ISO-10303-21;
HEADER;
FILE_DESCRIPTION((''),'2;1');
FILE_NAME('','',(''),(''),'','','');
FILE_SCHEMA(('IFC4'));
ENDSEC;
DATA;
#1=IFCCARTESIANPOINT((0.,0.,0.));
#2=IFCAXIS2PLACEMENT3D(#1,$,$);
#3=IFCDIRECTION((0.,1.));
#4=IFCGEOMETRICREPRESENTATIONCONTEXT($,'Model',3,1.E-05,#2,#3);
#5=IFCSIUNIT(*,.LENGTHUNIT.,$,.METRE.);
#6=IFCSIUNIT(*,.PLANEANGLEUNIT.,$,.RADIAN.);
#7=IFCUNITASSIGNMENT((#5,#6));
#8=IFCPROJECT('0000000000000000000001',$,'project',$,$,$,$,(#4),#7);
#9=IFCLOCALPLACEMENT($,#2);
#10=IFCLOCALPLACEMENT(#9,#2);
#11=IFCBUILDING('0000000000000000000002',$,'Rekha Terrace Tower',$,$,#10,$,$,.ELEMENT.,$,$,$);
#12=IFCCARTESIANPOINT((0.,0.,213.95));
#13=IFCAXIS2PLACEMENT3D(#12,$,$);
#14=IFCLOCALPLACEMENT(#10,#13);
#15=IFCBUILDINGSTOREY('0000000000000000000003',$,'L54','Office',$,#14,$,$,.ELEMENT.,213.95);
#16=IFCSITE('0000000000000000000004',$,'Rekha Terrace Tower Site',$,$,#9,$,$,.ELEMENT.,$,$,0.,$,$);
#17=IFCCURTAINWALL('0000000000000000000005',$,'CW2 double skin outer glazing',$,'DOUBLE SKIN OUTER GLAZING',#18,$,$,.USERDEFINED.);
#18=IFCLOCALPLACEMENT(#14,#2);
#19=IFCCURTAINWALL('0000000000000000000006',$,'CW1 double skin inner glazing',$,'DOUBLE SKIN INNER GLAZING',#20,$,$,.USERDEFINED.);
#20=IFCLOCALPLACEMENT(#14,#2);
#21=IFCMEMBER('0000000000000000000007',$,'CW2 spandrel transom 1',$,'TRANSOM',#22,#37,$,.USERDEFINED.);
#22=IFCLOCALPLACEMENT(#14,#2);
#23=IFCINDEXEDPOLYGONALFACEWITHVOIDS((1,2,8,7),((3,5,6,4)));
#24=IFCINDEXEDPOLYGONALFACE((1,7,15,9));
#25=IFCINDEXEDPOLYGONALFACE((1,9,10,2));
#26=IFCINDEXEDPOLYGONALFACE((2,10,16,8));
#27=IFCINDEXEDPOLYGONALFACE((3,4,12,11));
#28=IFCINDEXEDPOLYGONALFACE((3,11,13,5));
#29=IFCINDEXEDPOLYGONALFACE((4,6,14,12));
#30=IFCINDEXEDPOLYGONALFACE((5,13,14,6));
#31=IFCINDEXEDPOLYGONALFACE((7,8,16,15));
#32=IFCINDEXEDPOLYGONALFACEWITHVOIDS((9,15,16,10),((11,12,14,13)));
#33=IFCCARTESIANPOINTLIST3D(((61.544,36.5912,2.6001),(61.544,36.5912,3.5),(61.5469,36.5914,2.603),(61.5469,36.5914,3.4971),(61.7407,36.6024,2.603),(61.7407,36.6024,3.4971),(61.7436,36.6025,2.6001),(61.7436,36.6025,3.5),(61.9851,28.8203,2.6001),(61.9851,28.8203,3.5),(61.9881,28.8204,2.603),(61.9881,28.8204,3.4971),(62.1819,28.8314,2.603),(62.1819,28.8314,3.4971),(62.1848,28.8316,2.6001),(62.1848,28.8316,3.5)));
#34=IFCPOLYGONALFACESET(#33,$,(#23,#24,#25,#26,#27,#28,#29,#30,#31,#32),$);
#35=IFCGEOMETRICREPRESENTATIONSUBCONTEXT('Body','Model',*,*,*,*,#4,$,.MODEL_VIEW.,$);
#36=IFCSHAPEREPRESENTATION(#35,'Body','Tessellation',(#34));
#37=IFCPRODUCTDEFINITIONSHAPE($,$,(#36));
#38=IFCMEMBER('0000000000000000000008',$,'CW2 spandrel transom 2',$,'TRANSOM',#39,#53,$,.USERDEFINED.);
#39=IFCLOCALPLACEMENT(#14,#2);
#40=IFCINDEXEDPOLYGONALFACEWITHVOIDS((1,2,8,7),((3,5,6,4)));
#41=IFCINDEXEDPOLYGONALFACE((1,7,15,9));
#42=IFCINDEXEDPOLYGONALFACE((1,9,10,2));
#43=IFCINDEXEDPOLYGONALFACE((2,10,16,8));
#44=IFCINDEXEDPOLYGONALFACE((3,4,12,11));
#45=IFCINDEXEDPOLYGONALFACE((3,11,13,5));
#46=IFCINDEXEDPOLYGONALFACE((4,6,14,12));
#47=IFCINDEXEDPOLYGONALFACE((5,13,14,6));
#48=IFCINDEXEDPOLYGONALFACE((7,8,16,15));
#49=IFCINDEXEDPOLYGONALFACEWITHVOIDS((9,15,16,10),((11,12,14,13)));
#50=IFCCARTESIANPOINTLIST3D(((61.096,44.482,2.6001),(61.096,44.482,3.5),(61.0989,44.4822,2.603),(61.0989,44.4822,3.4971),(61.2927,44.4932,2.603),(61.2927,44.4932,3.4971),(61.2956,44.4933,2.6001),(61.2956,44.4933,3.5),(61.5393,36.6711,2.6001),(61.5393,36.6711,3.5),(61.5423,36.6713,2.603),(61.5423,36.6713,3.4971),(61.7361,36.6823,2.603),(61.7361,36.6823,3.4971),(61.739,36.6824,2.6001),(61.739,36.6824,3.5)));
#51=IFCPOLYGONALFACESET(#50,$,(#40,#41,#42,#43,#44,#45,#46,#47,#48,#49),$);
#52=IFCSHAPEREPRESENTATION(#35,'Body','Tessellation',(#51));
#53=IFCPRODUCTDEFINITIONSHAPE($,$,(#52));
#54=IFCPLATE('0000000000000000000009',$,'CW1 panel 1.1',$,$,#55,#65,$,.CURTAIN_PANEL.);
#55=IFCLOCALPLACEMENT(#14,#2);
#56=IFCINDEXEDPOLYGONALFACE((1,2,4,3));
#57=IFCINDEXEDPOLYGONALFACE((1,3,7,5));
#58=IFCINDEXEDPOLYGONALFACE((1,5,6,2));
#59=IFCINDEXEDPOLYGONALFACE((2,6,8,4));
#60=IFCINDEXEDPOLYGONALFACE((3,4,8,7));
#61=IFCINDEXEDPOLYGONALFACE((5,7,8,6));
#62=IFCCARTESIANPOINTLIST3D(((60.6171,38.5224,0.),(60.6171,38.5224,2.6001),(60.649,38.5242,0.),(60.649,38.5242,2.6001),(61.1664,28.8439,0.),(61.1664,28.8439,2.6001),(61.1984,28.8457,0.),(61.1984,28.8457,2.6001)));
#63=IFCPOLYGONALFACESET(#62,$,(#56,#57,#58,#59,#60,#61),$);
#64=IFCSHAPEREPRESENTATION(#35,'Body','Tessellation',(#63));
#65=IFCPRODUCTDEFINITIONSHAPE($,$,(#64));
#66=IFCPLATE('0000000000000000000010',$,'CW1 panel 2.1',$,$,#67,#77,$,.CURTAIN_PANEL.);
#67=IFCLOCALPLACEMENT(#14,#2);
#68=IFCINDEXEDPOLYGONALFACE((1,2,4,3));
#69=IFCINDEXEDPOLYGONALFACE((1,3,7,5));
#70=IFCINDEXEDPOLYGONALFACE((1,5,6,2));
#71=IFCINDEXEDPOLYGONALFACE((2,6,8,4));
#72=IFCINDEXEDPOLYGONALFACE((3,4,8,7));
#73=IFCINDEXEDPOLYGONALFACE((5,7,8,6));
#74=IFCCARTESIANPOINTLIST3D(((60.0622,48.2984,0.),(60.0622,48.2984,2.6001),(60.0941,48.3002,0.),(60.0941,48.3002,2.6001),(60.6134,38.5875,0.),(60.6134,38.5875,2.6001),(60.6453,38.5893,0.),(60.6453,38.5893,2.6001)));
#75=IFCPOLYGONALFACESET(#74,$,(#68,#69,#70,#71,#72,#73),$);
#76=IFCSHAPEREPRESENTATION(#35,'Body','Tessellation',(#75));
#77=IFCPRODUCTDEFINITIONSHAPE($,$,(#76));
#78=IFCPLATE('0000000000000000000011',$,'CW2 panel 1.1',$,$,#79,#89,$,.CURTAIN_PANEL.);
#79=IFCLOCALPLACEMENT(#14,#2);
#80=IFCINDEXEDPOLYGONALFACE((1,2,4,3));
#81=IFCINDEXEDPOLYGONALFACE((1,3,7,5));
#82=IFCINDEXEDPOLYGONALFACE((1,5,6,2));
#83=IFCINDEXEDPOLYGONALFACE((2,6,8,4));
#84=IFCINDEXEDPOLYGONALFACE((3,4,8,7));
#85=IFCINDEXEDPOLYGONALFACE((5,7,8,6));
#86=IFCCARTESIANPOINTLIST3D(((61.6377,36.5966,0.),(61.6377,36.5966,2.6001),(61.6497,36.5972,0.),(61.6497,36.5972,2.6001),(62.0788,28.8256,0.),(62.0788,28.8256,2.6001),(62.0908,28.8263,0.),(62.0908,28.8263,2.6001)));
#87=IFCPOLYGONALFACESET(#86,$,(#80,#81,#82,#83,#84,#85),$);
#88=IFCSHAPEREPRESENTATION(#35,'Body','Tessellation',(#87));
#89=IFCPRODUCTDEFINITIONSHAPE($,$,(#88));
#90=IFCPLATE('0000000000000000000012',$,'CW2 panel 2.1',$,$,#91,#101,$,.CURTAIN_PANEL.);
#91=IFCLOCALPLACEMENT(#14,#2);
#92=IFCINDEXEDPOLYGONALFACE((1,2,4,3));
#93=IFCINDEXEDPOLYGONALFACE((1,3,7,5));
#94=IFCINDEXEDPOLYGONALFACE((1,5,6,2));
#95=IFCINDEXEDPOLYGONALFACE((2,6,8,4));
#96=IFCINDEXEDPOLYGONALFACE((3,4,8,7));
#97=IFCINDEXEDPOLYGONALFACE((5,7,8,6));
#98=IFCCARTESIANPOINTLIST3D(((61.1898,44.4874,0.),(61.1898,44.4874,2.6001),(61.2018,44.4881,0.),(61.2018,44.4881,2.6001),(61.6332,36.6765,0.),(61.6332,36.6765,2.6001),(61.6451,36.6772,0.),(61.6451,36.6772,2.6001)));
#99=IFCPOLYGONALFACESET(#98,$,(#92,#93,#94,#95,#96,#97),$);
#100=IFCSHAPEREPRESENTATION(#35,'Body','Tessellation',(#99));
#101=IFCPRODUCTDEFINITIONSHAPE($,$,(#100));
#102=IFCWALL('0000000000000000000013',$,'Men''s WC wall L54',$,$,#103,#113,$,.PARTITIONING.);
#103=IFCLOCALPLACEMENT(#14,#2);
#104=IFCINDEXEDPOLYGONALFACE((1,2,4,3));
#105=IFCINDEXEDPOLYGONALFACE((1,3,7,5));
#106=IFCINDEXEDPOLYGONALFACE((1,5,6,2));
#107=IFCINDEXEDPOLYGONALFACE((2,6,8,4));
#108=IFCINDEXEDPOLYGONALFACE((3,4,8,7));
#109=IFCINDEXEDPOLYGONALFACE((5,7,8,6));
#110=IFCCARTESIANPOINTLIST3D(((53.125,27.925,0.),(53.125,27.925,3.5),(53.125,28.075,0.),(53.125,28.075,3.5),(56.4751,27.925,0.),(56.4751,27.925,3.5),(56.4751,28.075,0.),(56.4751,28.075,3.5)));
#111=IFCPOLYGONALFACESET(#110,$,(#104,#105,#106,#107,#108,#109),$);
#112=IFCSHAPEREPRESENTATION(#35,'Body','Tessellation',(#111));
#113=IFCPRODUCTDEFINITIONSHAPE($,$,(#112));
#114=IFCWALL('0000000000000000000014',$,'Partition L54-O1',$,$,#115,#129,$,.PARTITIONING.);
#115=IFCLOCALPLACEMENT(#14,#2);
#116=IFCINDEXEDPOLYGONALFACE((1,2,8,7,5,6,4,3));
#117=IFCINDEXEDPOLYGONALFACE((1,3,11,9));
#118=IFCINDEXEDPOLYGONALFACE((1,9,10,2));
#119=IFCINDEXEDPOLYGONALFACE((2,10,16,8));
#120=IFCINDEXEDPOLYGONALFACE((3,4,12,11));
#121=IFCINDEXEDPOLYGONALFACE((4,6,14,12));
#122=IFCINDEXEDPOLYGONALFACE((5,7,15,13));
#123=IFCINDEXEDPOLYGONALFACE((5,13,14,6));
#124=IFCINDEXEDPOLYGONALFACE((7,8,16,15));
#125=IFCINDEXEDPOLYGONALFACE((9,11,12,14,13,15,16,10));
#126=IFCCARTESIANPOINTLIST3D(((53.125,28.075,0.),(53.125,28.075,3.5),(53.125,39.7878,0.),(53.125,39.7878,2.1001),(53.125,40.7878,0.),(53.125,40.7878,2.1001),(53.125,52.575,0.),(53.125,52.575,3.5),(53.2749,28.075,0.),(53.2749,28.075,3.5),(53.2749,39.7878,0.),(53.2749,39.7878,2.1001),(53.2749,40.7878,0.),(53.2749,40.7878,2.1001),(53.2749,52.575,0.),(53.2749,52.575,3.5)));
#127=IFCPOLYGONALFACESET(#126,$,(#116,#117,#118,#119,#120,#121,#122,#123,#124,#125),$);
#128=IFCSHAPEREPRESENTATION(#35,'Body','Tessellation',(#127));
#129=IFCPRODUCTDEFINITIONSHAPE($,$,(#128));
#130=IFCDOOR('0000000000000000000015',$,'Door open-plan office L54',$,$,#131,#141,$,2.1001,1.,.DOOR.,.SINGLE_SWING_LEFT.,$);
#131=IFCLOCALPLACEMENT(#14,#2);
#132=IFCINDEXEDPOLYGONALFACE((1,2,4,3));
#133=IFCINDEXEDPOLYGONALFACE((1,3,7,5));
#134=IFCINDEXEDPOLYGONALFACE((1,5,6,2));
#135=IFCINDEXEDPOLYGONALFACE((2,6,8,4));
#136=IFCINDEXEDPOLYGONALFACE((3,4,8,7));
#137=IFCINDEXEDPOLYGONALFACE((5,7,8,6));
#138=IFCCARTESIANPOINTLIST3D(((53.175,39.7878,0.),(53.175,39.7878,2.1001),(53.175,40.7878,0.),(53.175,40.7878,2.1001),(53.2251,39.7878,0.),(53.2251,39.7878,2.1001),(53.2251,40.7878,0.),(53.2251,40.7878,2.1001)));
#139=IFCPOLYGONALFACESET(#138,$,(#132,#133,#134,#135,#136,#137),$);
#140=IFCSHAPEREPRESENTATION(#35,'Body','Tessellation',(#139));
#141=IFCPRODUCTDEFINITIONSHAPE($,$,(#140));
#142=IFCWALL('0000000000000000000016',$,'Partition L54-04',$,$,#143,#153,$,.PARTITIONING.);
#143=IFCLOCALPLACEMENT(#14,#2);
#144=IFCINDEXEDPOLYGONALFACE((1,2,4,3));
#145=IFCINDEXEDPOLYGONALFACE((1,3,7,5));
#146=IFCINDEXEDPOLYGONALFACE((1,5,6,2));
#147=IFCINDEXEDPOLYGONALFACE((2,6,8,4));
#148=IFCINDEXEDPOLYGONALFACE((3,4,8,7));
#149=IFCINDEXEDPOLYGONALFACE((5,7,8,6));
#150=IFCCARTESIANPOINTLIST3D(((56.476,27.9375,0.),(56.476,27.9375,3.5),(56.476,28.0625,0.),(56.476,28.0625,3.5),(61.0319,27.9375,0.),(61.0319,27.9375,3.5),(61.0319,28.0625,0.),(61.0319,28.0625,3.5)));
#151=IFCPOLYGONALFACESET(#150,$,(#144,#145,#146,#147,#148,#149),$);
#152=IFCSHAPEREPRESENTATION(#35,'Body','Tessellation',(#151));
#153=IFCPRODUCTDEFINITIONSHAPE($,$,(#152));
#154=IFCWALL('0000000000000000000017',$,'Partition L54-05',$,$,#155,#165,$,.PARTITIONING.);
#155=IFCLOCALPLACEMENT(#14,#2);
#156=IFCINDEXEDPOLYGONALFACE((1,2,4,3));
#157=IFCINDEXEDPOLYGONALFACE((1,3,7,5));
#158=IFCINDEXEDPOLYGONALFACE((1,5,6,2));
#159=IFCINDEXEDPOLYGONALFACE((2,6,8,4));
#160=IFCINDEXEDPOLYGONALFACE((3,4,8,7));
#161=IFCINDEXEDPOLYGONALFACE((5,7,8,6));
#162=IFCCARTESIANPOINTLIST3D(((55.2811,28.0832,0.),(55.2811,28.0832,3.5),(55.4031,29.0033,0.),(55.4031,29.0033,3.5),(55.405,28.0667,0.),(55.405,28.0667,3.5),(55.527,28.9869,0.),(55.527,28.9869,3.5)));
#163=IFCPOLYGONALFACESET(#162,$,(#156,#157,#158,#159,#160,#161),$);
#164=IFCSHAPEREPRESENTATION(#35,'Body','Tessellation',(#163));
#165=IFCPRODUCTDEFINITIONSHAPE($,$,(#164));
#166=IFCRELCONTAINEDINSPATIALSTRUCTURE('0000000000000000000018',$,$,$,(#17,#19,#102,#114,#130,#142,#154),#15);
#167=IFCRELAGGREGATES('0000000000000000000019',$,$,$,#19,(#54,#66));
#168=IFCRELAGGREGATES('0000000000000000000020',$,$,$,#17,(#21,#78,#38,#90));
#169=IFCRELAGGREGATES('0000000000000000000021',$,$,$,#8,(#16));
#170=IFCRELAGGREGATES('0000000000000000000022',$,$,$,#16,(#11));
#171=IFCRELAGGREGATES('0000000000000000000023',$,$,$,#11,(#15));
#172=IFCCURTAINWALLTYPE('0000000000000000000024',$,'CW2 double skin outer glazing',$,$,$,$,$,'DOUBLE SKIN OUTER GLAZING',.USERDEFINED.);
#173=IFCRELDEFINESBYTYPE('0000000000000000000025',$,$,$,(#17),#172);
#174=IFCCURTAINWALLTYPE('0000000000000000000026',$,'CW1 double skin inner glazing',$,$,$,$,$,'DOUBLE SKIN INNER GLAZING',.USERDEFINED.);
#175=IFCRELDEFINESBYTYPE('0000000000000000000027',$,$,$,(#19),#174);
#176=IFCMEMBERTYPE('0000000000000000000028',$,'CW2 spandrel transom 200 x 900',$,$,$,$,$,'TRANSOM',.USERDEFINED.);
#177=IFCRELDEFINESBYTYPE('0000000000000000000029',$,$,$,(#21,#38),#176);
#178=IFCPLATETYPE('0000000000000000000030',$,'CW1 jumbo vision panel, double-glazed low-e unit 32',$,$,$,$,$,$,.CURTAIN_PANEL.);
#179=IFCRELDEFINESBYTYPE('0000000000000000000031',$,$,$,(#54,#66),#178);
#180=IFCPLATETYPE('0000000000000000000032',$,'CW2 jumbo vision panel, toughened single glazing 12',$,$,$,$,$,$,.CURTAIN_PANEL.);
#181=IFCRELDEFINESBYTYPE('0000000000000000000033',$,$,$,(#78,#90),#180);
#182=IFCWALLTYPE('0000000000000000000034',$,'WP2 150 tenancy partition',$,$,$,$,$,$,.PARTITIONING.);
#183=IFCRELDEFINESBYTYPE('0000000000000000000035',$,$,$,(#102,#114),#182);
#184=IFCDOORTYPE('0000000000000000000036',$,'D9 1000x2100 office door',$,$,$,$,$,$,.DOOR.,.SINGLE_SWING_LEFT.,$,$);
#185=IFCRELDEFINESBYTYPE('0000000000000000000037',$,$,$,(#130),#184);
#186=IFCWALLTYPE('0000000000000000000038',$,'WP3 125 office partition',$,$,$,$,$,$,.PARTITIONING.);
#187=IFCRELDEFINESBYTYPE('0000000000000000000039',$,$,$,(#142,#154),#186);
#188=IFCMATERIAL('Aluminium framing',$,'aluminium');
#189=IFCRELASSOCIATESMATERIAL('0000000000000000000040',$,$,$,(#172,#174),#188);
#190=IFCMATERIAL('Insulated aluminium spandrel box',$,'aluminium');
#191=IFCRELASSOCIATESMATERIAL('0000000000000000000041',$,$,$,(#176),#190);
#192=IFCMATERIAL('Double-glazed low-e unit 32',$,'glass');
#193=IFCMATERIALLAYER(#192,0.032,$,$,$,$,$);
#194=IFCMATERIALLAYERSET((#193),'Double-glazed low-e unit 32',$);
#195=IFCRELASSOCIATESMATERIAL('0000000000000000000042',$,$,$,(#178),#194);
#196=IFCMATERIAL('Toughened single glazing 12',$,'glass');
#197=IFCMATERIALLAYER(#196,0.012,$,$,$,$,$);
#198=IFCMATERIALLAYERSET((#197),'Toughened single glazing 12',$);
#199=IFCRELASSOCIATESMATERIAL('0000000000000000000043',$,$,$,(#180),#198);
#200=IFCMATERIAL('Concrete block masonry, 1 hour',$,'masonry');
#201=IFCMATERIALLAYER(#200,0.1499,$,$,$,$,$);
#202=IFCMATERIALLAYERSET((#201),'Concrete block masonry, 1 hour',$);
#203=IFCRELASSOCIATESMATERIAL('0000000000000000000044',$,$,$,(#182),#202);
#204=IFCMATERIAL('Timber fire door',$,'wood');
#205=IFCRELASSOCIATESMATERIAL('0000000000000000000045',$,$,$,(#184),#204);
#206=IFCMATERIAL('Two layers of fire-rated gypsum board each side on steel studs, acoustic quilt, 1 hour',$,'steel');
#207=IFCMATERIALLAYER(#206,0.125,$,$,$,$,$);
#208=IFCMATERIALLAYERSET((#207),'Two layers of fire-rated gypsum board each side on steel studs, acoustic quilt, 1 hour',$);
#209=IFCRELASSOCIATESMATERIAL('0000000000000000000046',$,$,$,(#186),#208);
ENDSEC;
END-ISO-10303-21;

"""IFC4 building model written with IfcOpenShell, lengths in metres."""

from ifc_helpers import new_model, si_unit, direction, frame, frame_2d, origin, origin_2d, place, context, subcontext, project, spatial, rectangle, hollow_rectangle, extrude, material, layer, layer_set, material_profile, profile_set, type_object, element, fill, aggregate, save


model = new_model("IFC4")

# Units and contexts
model_context = context("Model", 3, precision=1e-05, world=origin(), true_north=direction((0.0, 1.0)))
body_context = subcontext(model_context, "Body", "Model", "MODEL_VIEW")
ifc_project = project(units=[si_unit("LENGTHUNIT", "METRE"), si_unit("PLANEANGLEUNIT", "RADIAN")], contexts=[model_context])

# Site, building, storey
site_placement = place(None, origin())
site = spatial("IfcSite", under=ifc_project, at=site_placement, Name="Rekha Terrace Tower Site", CompositionType="ELEMENT", RefElevation=0.0)
building_placement = place(site_placement, origin())
building = spatial("IfcBuilding", under=site, at=building_placement, Name="Rekha Terrace Tower", CompositionType="ELEMENT")
storey_placement = place(building_placement, frame((0.0, 0.0, 213.95)))
storey = spatial("IfcBuildingStorey", under=building, at=storey_placement, Name="L54", Description="Office", CompositionType="ELEMENT", Elevation=213.95)

# Curtain wall
ifc_material_1 = material(Name="Aluminium framing", Category="aluminium")
curtain_wall_type_1 = type_object("IfcCurtainWallType", Name="CW2 double skin outer glazing", ElementType="DOUBLE SKIN OUTER GLAZING", PredefinedType="USERDEFINED", material=ifc_material_1)
curtain_wall_1_placement = place(storey_placement, origin())
curtain_wall_1 = element("IfcCurtainWall", 1, at=curtain_wall_1_placement, inside=storey, type_object=curtain_wall_type_1, Name="CW2 double skin outer glazing", ObjectType="DOUBLE SKIN OUTER GLAZING", PredefinedType="USERDEFINED")

# Curtain wall
curtain_wall_type_2 = type_object("IfcCurtainWallType", Name="CW1 double skin inner glazing", ElementType="DOUBLE SKIN INNER GLAZING", PredefinedType="USERDEFINED", material=ifc_material_1)
curtain_wall_2_placement = place(storey_placement, origin())
curtain_wall_2 = element("IfcCurtainWall", 2, at=curtain_wall_2_placement, inside=storey, type_object=curtain_wall_type_2, Name="CW1 double skin inner glazing", ObjectType="DOUBLE SKIN INNER GLAZING", PredefinedType="USERDEFINED")
ifc_material_2 = material(Name="Insulated aluminium spandrel box", Category="aluminium")

# Members
ifc_material_profile_1 = material_profile(ifc_material_2, hollow_rectangle(XDim=0.2, YDim=0.8999, WallThickness=0.0029, at=origin_2d()), Name="AL SPANDREL BOX 200x900")
ifc_profile_set_1 = profile_set([ifc_material_profile_1], Name="Insulated aluminium spandrel box")
member_type_1 = type_object("IfcMemberType", Name="CW2 spandrel transom 200 x 900", ElementType="TRANSOM", PredefinedType="USERDEFINED", material=ifc_profile_set_1)
member_1_placement = place(storey_placement, frame((62.085, 28.8259, 3.05), z_axis=(-0.056679, 0.998392, 0.0), x_axis=(-0.998392, -0.056679, 0.0)))
member_1 = element("IfcMember", 3, at=member_1_placement, type_object=member_type_1, Name="CW2 spandrel transom 1", ObjectType="TRANSOM", PredefinedType="USERDEFINED", context=body_context, shape_type="SweptSolid", body=[
    extrude(hollow_rectangle(XDim=0.2, YDim=0.8999, WallThickness=0.0029, at=origin_2d()), origin(), (0.0, 0.0, 1.0), 7.7834),
])
member_2_placement = place(storey_placement, frame((61.6392, 36.6768, 3.05), z_axis=(-0.056669, 0.998393, 0.0), x_axis=(-0.998393, -0.056669, 0.0)))
member_2 = element("IfcMember", 4, at=member_2_placement, type_object=member_type_1, Name="CW2 spandrel transom 2", ObjectType="TRANSOM", PredefinedType="USERDEFINED", context=body_context, shape_type="SweptSolid", body=[
    extrude(hollow_rectangle(XDim=0.2, YDim=0.8999, WallThickness=0.0029, at=origin_2d()), origin(), (0.0, 0.0, 1.0), 7.8235),
])

# Plates
ifc_material_3 = material(Name="Double-glazed low-e unit 32", Category="glass")
ifc_layer_1 = layer(ifc_material_3, 0.032)
ifc_layer_set_1 = layer_set([ifc_layer_1], Name="Double-glazed low-e unit 32")
plate_type_1 = type_object("IfcPlateType", Name="CW1 jumbo vision panel, double-glazed low-e unit 32", PredefinedType="CURTAIN_PANEL", material=ifc_layer_set_1)
plate_1_placement = place(storey_placement, frame((60.9077, 33.6841, 0.0), z_axis=(0.0, 0.0, 1.0), x_axis=(-0.056673, 0.998393, 0.0)))
plate_1 = element("IfcPlate", 5, at=plate_1_placement, type_object=plate_type_1, Name="CW1 panel 1.1", PredefinedType="CURTAIN_PANEL", context=body_context, shape_type="SweptSolid", body=[
    extrude(rectangle(XDim=9.6941, YDim=0.032, at=origin_2d()), origin(), (0.0, 0.0, 1.0), 2.6001),
])
plate_2_placement = place(storey_placement, frame((60.3538, 43.4438, 0.0), z_axis=(0.0, 0.0, 1.0), x_axis=(-0.056673, 0.998393, 0.0)))
plate_2 = element("IfcPlate", 6, at=plate_2_placement, type_object=plate_type_1, Name="CW1 panel 2.1", PredefinedType="CURTAIN_PANEL", context=body_context, shape_type="SweptSolid", body=[
    extrude(rectangle(XDim=9.7266, YDim=0.032, at=origin_2d()), origin(), (0.0, 0.0, 1.0), 2.6001),
])
aggregate(curtain_wall_2, [plate_1, plate_2])
ifc_material_4 = material(Name="Toughened single glazing 12", Category="glass")
ifc_layer_2 = layer(ifc_material_4, 0.012)
ifc_layer_set_2 = layer_set([ifc_layer_2], Name="Toughened single glazing 12")
plate_type_2 = type_object("IfcPlateType", Name="CW2 jumbo vision panel, toughened single glazing 12", PredefinedType="CURTAIN_PANEL", material=ifc_layer_set_2)
plate_3_placement = place(storey_placement, frame((61.8643, 32.7114, 0.0), z_axis=(0.0, 0.0, 1.0), x_axis=(-0.056673, 0.998393, 0.0)))
plate_3 = element("IfcPlate", 7, at=plate_3_placement, type_object=plate_type_2, Name="CW2 panel 1.1", PredefinedType="CURTAIN_PANEL", context=body_context, shape_type="SweptSolid", body=[
    extrude(rectangle(XDim=7.7834, YDim=0.012, at=origin_2d()), origin(), (0.0, 0.0, 1.0), 2.6001),
])
plate_4_placement = place(storey_placement, frame((61.4175, 40.5823, 0.0), z_axis=(0.0, 0.0, 1.0), x_axis=(-0.056673, 0.998393, 0.0)))
plate_4 = element("IfcPlate", 8, at=plate_4_placement, type_object=plate_type_2, Name="CW2 panel 2.1", PredefinedType="CURTAIN_PANEL", context=body_context, shape_type="SweptSolid", body=[
    extrude(rectangle(XDim=7.8235, YDim=0.012, at=origin_2d()), origin(), (0.0, 0.0, 1.0), 2.6001),
])
aggregate(curtain_wall_1, [member_1, plate_3, member_2, plate_4])

# Wall
ifc_material_5 = material(Name="Concrete block masonry, 1 hour", Category="masonry")
ifc_layer_3 = layer(ifc_material_5, 0.1499)
ifc_layer_set_3 = layer_set([ifc_layer_3], Name="Concrete block masonry, 1 hour")
wall_type_1 = type_object("IfcWallType", Name="WP2 150 tenancy partition", PredefinedType="PARTITIONING", material=ifc_layer_set_3)
wall_1_placement = place(storey_placement, frame((53.125, 28.0, 0.0), z_axis=(0.0, 0.0, 1.0), x_axis=(1.0, 0.0, 0.0)))
element("IfcWall", 9, at=wall_1_placement, inside=storey, type_object=wall_type_1, Name="Men's WC wall L54", PredefinedType="PARTITIONING", context=body_context, shape_type="SweptSolid", body=[
    extrude(rectangle(XDim=3.3501, YDim=0.1499, at=frame_2d((1.675, 0.0))), origin(), (0.0, 0.0, 1.0), 3.5),
])

# Wall, opening, door
wall_2_placement = place(storey_placement, frame((53.2, 28.075, 0.0), z_axis=(0.0, 0.0, 1.0), x_axis=(0.0, 1.0, 0.0)))
wall_2 = element("IfcWall", 10, at=wall_2_placement, inside=storey, type_object=wall_type_1, Name="Partition L54-O1", PredefinedType="PARTITIONING", context=body_context, shape_type="SweptSolid", body=[
    extrude(rectangle(XDim=24.5, YDim=0.1499, at=frame_2d((12.25, 0.0))), origin(), (0.0, 0.0, 1.0), 3.5),
])
opening_1_placement = place(wall_2_placement, frame((11.7129, 0.0, 0.0)))
opening_1 = element("IfcOpeningElement", 11, at=opening_1_placement, cuts=wall_2, PredefinedType="OPENING", context=body_context, shape_type="SweptSolid", body=[
    extrude(rectangle(XDim=1.0, YDim=2.1001, at=frame_2d((0.5, 1.05))), frame((0.0, 0.085, 0.0), z_axis=(0.0, -1.0, 0.0), x_axis=(1.0, 0.0, 0.0)), (0.0, 0.0, 1.0), 0.1699),
])
ifc_material_6 = material(Name="Timber fire door", Category="wood")
door_type = type_object("IfcDoorType", Name="D9 1000x2100 office door", OperationType="SINGLE_SWING_LEFT", PredefinedType="DOOR", material=ifc_material_6)
door_1_placement = place(opening_1_placement, origin())
door_1 = element("IfcDoor", 12, at=door_1_placement, inside=storey, type_object=door_type, Name="Door open-plan office L54", OperationType="SINGLE_SWING_LEFT", OverallHeight=2.1001, OverallWidth=1.0, PredefinedType="DOOR", context=body_context, shape_type="SweptSolid", body=[
    extrude(rectangle(XDim=1.0, YDim=2.1001, at=frame_2d((0.5, 1.05))), frame((0.0, 0.0249, 0.0), z_axis=(0.0, -1.0, 0.0), x_axis=(1.0, 0.0, 0.0)), (0.0, 0.0, 1.0), 0.05),
])
fill(opening_1, door_1)

# Walls
ifc_material_7 = material(Name="Two layers of fire-rated gypsum board each side on steel studs, acoustic quilt, 1 hour", Category="steel")
ifc_layer_4 = layer(ifc_material_7, 0.125)
ifc_layer_set_4 = layer_set([ifc_layer_4], Name="Two layers of fire-rated gypsum board each side on steel studs, acoustic quilt, 1 hour")
wall_type_2 = type_object("IfcWallType", Name="WP3 125 office partition", PredefinedType="PARTITIONING", material=ifc_layer_set_4)
wall_3_placement = place(storey_placement, frame((56.4761, 28.0, 0.0), z_axis=(0.0, 0.0, 1.0), x_axis=(1.0, 0.0, 0.0)))
element("IfcWall", 13, at=wall_3_placement, inside=storey, type_object=wall_type_2, Name="Partition L54-04", PredefinedType="PARTITIONING", context=body_context, shape_type="SweptSolid", body=[
    extrude(rectangle(XDim=4.5559, YDim=0.125, at=frame_2d((2.2778, 0.0))), origin(), (0.0, 0.0, 1.0), 3.5),
])
wall_4_placement = place(storey_placement, frame((55.343, 28.075, 0.0), z_axis=(0.0, 0.0, 1.0), x_axis=(0.131509, 0.991315, 0.0)))
element("IfcWall", 14, at=wall_4_placement, inside=storey, type_object=wall_type_2, Name="Partition L54-05", PredefinedType="PARTITIONING", context=body_context, shape_type="SweptSolid", body=[
    extrude(rectangle(XDim=0.9282, YDim=0.125, at=frame_2d((0.4641, 0.0))), origin(), (0.0, 0.0, 1.0), 3.5),
])

save(model, "model.ifc")
